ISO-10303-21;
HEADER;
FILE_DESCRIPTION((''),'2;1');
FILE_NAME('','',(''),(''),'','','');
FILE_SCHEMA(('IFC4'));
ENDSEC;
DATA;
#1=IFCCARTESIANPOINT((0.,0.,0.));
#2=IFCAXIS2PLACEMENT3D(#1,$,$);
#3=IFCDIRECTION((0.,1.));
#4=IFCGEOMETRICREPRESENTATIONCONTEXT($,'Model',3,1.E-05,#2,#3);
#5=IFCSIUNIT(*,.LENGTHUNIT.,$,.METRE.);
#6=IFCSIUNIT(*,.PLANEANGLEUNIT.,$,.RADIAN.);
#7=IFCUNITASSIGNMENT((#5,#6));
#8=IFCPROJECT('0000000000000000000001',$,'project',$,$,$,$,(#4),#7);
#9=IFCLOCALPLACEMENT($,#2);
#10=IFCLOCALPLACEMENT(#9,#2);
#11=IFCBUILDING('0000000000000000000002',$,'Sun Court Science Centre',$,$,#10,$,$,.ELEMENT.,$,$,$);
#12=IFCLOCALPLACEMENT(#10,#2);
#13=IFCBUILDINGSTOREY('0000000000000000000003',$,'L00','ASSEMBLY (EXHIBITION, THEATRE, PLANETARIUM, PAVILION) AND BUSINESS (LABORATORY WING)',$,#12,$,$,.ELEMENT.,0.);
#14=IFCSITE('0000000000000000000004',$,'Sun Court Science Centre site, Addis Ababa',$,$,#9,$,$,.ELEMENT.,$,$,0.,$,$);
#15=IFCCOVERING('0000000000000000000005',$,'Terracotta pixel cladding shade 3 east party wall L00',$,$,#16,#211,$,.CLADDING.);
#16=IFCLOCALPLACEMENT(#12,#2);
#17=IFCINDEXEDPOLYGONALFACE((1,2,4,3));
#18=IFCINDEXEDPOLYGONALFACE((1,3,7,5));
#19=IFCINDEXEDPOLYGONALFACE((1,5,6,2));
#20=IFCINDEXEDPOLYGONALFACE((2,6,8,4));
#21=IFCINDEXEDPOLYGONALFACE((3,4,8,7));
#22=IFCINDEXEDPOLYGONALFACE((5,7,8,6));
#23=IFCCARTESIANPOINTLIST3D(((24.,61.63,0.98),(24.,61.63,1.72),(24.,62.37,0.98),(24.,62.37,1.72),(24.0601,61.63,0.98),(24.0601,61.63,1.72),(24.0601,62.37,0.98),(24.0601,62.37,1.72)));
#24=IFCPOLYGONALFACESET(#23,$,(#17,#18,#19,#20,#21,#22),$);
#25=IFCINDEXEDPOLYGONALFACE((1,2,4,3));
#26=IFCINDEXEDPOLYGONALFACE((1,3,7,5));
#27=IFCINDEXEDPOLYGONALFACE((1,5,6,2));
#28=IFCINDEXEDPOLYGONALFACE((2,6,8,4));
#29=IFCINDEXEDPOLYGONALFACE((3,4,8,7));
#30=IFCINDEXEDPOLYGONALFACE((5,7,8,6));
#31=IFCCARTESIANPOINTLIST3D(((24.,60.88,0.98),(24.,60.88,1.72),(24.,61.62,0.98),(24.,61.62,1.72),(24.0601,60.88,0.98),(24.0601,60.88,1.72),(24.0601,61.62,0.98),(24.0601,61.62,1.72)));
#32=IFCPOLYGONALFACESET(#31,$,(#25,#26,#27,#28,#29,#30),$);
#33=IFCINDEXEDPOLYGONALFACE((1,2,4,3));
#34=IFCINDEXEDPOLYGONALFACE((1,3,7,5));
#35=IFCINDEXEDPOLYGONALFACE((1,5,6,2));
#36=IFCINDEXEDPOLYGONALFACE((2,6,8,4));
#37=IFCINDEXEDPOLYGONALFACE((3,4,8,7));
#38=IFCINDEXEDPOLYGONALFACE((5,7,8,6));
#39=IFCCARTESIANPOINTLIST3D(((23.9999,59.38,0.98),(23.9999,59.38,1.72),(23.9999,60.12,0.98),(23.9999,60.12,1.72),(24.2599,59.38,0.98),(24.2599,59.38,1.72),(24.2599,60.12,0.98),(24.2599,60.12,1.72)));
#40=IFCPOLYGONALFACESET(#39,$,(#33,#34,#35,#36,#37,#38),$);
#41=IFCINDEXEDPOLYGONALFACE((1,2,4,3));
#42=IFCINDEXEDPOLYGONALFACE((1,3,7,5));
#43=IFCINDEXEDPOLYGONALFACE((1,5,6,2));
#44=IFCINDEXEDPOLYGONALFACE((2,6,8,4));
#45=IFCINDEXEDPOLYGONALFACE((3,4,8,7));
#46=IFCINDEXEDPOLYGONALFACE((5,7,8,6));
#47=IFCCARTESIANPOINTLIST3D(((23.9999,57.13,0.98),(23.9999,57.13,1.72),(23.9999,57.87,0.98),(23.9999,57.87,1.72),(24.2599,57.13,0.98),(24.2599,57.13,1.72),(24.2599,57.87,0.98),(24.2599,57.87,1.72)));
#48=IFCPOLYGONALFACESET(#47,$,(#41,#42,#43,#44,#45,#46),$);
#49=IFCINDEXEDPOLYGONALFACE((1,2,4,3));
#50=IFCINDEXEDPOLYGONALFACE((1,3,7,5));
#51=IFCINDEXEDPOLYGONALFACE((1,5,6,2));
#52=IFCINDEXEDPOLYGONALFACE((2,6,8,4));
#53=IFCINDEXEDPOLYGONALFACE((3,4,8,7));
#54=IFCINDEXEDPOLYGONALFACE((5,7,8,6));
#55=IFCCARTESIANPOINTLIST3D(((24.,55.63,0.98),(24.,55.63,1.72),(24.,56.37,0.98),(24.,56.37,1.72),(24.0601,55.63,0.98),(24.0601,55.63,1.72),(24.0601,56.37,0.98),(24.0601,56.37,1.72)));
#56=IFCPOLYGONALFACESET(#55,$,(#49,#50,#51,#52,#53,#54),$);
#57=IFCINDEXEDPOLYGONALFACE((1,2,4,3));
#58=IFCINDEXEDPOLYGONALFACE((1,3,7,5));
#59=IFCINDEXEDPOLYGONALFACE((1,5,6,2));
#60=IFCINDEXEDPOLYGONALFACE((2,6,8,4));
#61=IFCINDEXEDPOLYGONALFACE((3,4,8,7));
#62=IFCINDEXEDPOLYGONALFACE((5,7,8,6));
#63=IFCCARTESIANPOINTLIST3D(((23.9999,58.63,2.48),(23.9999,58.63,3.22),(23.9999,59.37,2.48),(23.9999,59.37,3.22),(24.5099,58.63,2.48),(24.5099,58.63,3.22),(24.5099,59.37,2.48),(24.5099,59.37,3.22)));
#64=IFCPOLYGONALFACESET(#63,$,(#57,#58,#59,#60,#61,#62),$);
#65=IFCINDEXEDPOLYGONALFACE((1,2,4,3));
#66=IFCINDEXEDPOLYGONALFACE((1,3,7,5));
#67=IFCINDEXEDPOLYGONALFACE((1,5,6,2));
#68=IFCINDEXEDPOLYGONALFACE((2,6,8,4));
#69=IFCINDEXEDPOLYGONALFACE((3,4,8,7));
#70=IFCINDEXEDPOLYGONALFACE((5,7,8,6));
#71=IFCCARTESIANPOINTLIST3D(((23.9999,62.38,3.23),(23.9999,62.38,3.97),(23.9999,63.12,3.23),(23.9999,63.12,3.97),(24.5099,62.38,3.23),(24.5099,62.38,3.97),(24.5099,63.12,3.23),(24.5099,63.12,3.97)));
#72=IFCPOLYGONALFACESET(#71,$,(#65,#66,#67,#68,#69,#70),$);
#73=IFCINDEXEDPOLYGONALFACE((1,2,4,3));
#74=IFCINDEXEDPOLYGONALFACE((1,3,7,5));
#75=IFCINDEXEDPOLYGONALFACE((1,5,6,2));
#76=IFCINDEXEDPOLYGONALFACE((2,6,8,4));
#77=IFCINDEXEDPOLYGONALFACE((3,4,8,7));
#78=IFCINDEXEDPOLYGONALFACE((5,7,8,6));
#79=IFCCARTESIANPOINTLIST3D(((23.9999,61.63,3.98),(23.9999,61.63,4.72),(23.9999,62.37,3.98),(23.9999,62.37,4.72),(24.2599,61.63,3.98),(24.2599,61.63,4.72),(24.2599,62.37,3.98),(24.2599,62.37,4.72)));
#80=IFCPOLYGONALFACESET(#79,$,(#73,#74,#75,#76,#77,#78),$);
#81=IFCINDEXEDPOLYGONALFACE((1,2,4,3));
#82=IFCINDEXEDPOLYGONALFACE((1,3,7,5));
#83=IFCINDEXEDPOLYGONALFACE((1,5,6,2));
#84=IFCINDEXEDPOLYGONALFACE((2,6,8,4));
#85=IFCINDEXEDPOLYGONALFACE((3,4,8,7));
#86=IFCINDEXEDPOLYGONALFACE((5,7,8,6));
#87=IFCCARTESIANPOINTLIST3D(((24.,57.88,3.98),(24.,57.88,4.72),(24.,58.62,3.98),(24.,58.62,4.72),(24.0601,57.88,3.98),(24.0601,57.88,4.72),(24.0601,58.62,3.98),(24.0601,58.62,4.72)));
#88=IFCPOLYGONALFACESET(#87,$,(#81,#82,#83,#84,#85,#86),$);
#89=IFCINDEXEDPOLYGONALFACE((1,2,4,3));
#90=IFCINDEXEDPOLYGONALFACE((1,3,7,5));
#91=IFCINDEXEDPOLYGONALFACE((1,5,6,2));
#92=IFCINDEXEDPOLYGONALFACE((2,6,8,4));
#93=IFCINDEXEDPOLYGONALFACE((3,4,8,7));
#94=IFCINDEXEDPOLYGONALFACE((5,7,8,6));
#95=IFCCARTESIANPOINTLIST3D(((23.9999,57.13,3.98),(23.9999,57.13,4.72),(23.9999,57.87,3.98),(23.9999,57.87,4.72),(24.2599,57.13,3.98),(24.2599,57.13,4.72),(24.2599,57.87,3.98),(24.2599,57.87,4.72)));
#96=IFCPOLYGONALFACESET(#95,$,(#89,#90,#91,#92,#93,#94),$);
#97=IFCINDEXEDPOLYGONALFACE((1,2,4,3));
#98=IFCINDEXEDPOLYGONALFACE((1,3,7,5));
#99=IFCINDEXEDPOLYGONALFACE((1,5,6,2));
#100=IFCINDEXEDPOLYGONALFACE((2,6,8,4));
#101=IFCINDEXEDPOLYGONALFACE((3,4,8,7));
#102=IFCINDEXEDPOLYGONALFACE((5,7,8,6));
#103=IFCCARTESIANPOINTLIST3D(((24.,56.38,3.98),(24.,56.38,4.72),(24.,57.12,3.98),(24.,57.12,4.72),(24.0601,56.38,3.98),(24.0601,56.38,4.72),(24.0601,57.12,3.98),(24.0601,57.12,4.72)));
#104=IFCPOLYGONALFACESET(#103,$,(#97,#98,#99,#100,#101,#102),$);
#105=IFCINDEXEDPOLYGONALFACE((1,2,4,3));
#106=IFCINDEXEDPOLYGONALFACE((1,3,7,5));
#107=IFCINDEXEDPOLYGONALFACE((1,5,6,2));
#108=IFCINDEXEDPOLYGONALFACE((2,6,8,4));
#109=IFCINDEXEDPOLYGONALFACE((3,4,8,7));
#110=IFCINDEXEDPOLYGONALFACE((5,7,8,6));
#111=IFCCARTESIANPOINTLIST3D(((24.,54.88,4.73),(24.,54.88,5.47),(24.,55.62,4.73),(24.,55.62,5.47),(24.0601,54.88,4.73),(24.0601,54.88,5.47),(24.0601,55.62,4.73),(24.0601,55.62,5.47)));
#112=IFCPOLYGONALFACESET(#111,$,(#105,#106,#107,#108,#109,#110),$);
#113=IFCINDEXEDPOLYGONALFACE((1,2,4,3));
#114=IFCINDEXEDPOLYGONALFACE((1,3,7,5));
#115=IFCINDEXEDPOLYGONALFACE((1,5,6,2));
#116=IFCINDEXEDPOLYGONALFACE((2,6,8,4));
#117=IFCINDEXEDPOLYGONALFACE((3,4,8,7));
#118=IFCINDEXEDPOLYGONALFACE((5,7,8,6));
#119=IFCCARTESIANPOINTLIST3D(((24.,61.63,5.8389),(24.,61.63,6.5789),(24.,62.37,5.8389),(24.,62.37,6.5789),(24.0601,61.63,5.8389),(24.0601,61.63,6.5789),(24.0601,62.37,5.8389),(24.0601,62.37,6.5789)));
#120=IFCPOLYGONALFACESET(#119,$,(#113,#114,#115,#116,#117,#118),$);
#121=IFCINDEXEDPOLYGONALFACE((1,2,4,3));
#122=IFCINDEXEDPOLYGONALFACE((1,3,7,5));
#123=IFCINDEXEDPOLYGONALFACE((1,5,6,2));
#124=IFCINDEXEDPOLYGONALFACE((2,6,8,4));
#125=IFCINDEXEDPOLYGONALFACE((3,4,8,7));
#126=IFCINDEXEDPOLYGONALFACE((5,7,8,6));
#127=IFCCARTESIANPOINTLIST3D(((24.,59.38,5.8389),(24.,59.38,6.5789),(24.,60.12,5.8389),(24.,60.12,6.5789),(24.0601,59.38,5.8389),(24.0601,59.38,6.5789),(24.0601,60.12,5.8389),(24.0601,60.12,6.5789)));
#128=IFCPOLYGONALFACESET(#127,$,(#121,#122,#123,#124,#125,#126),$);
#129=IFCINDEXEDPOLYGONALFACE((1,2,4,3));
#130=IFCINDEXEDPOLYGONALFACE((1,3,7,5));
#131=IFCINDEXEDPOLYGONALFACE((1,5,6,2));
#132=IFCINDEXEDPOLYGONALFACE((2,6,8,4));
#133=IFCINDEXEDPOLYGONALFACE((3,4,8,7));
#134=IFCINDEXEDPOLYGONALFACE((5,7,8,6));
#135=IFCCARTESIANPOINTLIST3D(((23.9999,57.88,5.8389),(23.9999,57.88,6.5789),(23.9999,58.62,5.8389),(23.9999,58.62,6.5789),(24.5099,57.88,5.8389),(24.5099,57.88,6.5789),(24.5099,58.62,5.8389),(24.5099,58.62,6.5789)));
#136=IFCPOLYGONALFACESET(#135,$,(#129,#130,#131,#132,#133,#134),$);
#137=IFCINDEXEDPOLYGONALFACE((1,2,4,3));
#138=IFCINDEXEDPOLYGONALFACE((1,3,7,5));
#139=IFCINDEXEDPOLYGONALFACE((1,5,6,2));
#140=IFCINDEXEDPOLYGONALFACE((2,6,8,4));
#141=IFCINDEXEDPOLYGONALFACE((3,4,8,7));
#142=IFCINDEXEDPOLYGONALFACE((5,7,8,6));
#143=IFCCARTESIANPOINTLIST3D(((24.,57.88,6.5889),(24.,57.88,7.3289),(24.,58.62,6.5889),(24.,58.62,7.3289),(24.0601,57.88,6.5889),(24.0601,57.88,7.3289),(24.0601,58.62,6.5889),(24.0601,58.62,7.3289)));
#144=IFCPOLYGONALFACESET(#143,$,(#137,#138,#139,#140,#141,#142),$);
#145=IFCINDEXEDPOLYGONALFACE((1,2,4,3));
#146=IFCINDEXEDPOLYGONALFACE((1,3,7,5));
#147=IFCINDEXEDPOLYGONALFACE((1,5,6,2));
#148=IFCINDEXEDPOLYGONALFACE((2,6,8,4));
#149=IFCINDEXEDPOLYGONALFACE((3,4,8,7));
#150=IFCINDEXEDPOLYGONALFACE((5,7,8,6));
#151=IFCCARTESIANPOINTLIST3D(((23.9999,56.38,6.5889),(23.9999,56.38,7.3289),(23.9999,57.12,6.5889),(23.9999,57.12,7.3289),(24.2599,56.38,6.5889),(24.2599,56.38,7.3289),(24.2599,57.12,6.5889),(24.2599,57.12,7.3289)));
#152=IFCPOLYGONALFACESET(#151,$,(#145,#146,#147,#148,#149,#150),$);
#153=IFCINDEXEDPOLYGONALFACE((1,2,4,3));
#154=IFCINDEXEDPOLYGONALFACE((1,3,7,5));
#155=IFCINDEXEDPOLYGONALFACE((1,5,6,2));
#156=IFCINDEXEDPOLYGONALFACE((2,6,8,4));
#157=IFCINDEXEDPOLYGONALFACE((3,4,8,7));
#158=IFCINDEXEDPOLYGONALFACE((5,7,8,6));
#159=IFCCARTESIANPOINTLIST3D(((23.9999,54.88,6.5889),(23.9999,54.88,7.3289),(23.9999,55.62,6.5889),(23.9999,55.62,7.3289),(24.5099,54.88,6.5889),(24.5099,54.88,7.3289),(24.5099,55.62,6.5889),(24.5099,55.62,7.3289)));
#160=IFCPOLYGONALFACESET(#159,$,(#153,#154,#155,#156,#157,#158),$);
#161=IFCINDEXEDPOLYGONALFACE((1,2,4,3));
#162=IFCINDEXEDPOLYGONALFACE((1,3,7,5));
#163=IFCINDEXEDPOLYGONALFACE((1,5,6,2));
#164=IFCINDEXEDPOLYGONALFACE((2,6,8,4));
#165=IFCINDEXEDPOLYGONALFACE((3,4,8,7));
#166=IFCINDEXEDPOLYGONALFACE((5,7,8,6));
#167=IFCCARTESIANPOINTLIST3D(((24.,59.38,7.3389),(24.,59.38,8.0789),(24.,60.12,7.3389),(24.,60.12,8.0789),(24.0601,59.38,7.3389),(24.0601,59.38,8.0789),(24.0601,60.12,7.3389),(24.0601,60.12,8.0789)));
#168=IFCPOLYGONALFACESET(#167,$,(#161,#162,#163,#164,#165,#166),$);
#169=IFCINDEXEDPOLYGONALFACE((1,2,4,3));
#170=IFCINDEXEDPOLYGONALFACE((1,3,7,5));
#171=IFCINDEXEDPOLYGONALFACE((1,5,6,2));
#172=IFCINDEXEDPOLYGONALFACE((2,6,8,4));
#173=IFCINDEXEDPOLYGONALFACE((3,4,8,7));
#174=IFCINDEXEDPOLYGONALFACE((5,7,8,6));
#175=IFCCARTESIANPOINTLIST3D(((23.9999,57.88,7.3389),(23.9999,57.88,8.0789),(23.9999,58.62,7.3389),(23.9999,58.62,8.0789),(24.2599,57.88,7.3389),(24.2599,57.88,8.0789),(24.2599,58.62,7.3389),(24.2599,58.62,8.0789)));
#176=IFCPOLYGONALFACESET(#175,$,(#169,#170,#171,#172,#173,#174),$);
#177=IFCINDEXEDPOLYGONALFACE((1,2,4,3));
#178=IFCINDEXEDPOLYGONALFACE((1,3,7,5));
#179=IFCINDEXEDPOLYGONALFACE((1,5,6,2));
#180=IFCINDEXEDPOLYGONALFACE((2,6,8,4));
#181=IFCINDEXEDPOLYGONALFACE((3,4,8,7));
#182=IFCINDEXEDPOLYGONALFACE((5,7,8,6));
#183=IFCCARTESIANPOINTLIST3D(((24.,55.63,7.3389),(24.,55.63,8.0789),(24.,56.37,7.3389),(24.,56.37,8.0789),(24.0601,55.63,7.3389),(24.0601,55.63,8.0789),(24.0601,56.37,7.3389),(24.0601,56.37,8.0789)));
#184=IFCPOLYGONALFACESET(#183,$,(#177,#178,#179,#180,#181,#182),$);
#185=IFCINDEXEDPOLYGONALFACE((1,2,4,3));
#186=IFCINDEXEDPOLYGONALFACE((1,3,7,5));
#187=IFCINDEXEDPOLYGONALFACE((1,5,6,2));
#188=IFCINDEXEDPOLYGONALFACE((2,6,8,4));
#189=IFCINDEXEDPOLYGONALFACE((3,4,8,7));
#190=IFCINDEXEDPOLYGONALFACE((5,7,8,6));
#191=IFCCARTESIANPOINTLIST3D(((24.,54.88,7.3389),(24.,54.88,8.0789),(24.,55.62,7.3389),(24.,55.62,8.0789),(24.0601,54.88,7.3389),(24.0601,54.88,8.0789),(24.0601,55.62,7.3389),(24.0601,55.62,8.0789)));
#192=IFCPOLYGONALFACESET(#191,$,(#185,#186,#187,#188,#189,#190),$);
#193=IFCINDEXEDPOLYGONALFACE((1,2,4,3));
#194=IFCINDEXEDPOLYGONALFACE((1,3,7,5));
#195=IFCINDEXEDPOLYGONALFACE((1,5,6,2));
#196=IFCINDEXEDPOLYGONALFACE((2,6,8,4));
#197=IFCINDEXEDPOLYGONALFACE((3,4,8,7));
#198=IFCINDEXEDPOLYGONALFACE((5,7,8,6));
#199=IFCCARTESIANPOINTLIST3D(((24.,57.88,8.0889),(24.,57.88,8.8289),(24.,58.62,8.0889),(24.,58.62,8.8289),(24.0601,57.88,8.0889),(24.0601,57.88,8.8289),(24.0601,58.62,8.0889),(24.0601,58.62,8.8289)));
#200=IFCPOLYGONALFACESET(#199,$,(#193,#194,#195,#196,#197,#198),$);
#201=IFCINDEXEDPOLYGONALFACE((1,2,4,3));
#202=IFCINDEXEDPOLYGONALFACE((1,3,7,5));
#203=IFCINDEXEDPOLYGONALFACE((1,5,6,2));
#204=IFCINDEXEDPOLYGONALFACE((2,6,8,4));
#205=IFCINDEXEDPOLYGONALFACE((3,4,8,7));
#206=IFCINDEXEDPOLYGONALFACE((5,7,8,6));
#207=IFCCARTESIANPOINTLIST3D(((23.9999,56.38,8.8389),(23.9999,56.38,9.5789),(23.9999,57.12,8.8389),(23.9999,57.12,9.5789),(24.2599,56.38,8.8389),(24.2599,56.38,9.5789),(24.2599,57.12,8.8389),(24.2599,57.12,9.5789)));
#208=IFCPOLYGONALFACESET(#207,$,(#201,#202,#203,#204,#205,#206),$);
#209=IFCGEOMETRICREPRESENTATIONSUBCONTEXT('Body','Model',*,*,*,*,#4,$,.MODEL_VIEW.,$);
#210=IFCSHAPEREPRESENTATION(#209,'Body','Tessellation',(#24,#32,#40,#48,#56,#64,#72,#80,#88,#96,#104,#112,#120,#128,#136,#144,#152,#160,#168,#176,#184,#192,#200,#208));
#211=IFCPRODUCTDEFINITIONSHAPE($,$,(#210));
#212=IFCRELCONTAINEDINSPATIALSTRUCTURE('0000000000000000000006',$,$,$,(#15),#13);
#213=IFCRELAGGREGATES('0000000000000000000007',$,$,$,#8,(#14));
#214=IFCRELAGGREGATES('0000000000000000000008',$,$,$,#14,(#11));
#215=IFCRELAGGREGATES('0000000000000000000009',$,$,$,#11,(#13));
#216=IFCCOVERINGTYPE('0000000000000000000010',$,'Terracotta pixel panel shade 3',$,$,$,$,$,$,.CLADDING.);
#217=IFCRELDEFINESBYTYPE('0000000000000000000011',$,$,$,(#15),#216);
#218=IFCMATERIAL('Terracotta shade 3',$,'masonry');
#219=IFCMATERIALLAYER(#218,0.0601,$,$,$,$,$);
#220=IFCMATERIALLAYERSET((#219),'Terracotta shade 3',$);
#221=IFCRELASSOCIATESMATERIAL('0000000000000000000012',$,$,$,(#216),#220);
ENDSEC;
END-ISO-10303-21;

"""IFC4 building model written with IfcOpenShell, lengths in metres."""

from ifc_helpers import new_model, si_unit, direction, frame, origin, origin_2d, place, context, subcontext, project, spatial, rectangle, extrude, material, layer, layer_set, type_object, element, save


model = new_model("IFC4")

# Units and contexts
model_context = context("Model", 3, precision=1e-05, world=origin(), true_north=direction((0.0, 1.0)))
body_context = subcontext(model_context, "Body", "Model", "MODEL_VIEW")
ifc_project = project(units=[si_unit("LENGTHUNIT", "METRE"), si_unit("PLANEANGLEUNIT", "RADIAN")], contexts=[model_context])

# Site, building, storey
site_placement = place(None, origin())
site = spatial("IfcSite", under=ifc_project, at=site_placement, Name="Sun Court Science Centre site, Addis Ababa", CompositionType="ELEMENT", RefElevation=0.0)
building_placement = place(site_placement, origin())
building = spatial("IfcBuilding", under=site, at=building_placement, Name="Sun Court Science Centre", CompositionType="ELEMENT")
storey_placement = place(building_placement, origin())
storey = spatial("IfcBuildingStorey", under=building, at=storey_placement, Name="L00", Description="ASSEMBLY (EXHIBITION, THEATRE, PLANETARIUM, PAVILION) AND BUSINESS (LABORATORY WING)", CompositionType="ELEMENT", Elevation=0.0)

# Covering
ifc_material_1 = material(Name="Terracotta shade 3", Category="masonry")
ifc_layer_1 = layer(ifc_material_1, 0.0601)
ifc_layer_set_1 = layer_set([ifc_layer_1], Name="Terracotta shade 3")
covering_type_1 = type_object("IfcCoveringType", Name="Terracotta pixel panel shade 3", PredefinedType="CLADDING", material=ifc_layer_set_1)
covering_1_placement = place(storey_placement, origin())
element("IfcCovering", 1, at=covering_1_placement, inside=storey, type_object=covering_type_1, Name="Terracotta pixel cladding shade 3 east party wall L00", PredefinedType="CLADDING", context=body_context, shape_type="SweptSolid", body=[
    extrude(rectangle(XDim=0.74, YDim=0.0601, at=origin_2d()), frame((24.03, 62.0, 0.98), z_axis=(0.0, 0.0, 1.0), x_axis=(0.0, -1.0, 0.0)), (0.0, 0.0, 1.0), 0.74),
    extrude(rectangle(XDim=0.74, YDim=0.0601, at=origin_2d()), frame((24.03, 61.25, 0.98), z_axis=(0.0, 0.0, 1.0), x_axis=(0.0, -1.0, 0.0)), (0.0, 0.0, 1.0), 0.74),
    extrude(rectangle(XDim=0.74, YDim=0.26, at=origin_2d()), frame((24.1299, 59.75, 0.98), z_axis=(0.0, 0.0, 1.0), x_axis=(0.0, -1.0, 0.0)), (0.0, 0.0, 1.0), 0.74),
    extrude(rectangle(XDim=0.74, YDim=0.26, at=origin_2d()), frame((24.1299, 57.5, 0.98), z_axis=(0.0, 0.0, 1.0), x_axis=(0.0, -1.0, 0.0)), (0.0, 0.0, 1.0), 0.74),
    extrude(rectangle(XDim=0.74, YDim=0.0601, at=origin_2d()), frame((24.03, 56.0, 0.98), z_axis=(0.0, 0.0, 1.0), x_axis=(0.0, -1.0, 0.0)), (0.0, 0.0, 1.0), 0.74),
    extrude(rectangle(XDim=0.74, YDim=0.51, at=origin_2d()), frame((24.2549, 59.0, 2.48), z_axis=(0.0, 0.0, 1.0), x_axis=(0.0, -1.0, 0.0)), (0.0, 0.0, 1.0), 0.74),
    extrude(rectangle(XDim=0.74, YDim=0.51, at=origin_2d()), frame((24.2549, 62.75, 3.23), z_axis=(0.0, 0.0, 1.0), x_axis=(0.0, -1.0, 0.0)), (0.0, 0.0, 1.0), 0.74),
    extrude(rectangle(XDim=0.74, YDim=0.26, at=origin_2d()), frame((24.1299, 62.0, 3.98), z_axis=(0.0, 0.0, 1.0), x_axis=(0.0, -1.0, 0.0)), (0.0, 0.0, 1.0), 0.74),
    extrude(rectangle(XDim=0.74, YDim=0.0601, at=origin_2d()), frame((24.03, 58.25, 3.98), z_axis=(0.0, 0.0, 1.0), x_axis=(0.0, -1.0, 0.0)), (0.0, 0.0, 1.0), 0.74),
    extrude(rectangle(XDim=0.74, YDim=0.26, at=origin_2d()), frame((24.1299, 57.5, 3.98), z_axis=(0.0, 0.0, 1.0), x_axis=(0.0, -1.0, 0.0)), (0.0, 0.0, 1.0), 0.74),
    extrude(rectangle(XDim=0.74, YDim=0.0601, at=origin_2d()), frame((24.03, 56.75, 3.98), z_axis=(0.0, 0.0, 1.0), x_axis=(0.0, -1.0, 0.0)), (0.0, 0.0, 1.0), 0.74),
    extrude(rectangle(XDim=0.74, YDim=0.0601, at=origin_2d()), frame((24.03, 55.25, 4.73), z_axis=(0.0, 0.0, 1.0), x_axis=(0.0, -1.0, 0.0)), (0.0, 0.0, 1.0), 0.74),
    extrude(rectangle(XDim=0.74, YDim=0.0601, at=origin_2d()), frame((24.03, 62.0, 5.8389), z_axis=(0.0, 0.0, 1.0), x_axis=(0.0, -1.0, 0.0)), (0.0, 0.0, 1.0), 0.74),
    extrude(rectangle(XDim=0.74, YDim=0.0601, at=origin_2d()), frame((24.03, 59.75, 5.8389), z_axis=(0.0, 0.0, 1.0), x_axis=(0.0, -1.0, 0.0)), (0.0, 0.0, 1.0), 0.74),
    extrude(rectangle(XDim=0.74, YDim=0.51, at=origin_2d()), frame((24.2549, 58.25, 5.8389), z_axis=(0.0, 0.0, 1.0), x_axis=(0.0, -1.0, 0.0)), (0.0, 0.0, 1.0), 0.74),
    extrude(rectangle(XDim=0.74, YDim=0.0601, at=origin_2d()), frame((24.03, 58.25, 6.5889), z_axis=(0.0, 0.0, 1.0), x_axis=(0.0, -1.0, 0.0)), (0.0, 0.0, 1.0), 0.74),
    extrude(rectangle(XDim=0.74, YDim=0.26, at=origin_2d()), frame((24.1299, 56.75, 6.5889), z_axis=(0.0, 0.0, 1.0), x_axis=(0.0, -1.0, 0.0)), (0.0, 0.0, 1.0), 0.74),
    extrude(rectangle(XDim=0.74, YDim=0.51, at=origin_2d()), frame((24.2549, 55.25, 6.5889), z_axis=(0.0, 0.0, 1.0), x_axis=(0.0, -1.0, 0.0)), (0.0, 0.0, 1.0), 0.74),
    extrude(rectangle(XDim=0.74, YDim=0.0601, at=origin_2d()), frame((24.03, 59.75, 7.3389), z_axis=(0.0, 0.0, 1.0), x_axis=(0.0, -1.0, 0.0)), (0.0, 0.0, 1.0), 0.74),
    extrude(rectangle(XDim=0.74, YDim=0.26, at=origin_2d()), frame((24.1299, 58.25, 7.3389), z_axis=(0.0, 0.0, 1.0), x_axis=(0.0, -1.0, 0.0)), (0.0, 0.0, 1.0), 0.74),
    extrude(rectangle(XDim=0.74, YDim=0.0601, at=origin_2d()), frame((24.03, 56.0, 7.3389), z_axis=(0.0, 0.0, 1.0), x_axis=(0.0, -1.0, 0.0)), (0.0, 0.0, 1.0), 0.74),
    extrude(rectangle(XDim=0.74, YDim=0.0601, at=origin_2d()), frame((24.03, 55.25, 7.3389), z_axis=(0.0, 0.0, 1.0), x_axis=(0.0, -1.0, 0.0)), (0.0, 0.0, 1.0), 0.74),
    extrude(rectangle(XDim=0.74, YDim=0.0601, at=origin_2d()), frame((24.03, 58.25, 8.0889), z_axis=(0.0, 0.0, 1.0), x_axis=(0.0, -1.0, 0.0)), (0.0, 0.0, 1.0), 0.74),
    extrude(rectangle(XDim=0.74, YDim=0.26, at=origin_2d()), frame((24.1299, 56.75, 8.8389), z_axis=(0.0, 0.0, 1.0), x_axis=(0.0, -1.0, 0.0)), (0.0, 0.0, 1.0), 0.74),
])

save(model, "model.ifc")
